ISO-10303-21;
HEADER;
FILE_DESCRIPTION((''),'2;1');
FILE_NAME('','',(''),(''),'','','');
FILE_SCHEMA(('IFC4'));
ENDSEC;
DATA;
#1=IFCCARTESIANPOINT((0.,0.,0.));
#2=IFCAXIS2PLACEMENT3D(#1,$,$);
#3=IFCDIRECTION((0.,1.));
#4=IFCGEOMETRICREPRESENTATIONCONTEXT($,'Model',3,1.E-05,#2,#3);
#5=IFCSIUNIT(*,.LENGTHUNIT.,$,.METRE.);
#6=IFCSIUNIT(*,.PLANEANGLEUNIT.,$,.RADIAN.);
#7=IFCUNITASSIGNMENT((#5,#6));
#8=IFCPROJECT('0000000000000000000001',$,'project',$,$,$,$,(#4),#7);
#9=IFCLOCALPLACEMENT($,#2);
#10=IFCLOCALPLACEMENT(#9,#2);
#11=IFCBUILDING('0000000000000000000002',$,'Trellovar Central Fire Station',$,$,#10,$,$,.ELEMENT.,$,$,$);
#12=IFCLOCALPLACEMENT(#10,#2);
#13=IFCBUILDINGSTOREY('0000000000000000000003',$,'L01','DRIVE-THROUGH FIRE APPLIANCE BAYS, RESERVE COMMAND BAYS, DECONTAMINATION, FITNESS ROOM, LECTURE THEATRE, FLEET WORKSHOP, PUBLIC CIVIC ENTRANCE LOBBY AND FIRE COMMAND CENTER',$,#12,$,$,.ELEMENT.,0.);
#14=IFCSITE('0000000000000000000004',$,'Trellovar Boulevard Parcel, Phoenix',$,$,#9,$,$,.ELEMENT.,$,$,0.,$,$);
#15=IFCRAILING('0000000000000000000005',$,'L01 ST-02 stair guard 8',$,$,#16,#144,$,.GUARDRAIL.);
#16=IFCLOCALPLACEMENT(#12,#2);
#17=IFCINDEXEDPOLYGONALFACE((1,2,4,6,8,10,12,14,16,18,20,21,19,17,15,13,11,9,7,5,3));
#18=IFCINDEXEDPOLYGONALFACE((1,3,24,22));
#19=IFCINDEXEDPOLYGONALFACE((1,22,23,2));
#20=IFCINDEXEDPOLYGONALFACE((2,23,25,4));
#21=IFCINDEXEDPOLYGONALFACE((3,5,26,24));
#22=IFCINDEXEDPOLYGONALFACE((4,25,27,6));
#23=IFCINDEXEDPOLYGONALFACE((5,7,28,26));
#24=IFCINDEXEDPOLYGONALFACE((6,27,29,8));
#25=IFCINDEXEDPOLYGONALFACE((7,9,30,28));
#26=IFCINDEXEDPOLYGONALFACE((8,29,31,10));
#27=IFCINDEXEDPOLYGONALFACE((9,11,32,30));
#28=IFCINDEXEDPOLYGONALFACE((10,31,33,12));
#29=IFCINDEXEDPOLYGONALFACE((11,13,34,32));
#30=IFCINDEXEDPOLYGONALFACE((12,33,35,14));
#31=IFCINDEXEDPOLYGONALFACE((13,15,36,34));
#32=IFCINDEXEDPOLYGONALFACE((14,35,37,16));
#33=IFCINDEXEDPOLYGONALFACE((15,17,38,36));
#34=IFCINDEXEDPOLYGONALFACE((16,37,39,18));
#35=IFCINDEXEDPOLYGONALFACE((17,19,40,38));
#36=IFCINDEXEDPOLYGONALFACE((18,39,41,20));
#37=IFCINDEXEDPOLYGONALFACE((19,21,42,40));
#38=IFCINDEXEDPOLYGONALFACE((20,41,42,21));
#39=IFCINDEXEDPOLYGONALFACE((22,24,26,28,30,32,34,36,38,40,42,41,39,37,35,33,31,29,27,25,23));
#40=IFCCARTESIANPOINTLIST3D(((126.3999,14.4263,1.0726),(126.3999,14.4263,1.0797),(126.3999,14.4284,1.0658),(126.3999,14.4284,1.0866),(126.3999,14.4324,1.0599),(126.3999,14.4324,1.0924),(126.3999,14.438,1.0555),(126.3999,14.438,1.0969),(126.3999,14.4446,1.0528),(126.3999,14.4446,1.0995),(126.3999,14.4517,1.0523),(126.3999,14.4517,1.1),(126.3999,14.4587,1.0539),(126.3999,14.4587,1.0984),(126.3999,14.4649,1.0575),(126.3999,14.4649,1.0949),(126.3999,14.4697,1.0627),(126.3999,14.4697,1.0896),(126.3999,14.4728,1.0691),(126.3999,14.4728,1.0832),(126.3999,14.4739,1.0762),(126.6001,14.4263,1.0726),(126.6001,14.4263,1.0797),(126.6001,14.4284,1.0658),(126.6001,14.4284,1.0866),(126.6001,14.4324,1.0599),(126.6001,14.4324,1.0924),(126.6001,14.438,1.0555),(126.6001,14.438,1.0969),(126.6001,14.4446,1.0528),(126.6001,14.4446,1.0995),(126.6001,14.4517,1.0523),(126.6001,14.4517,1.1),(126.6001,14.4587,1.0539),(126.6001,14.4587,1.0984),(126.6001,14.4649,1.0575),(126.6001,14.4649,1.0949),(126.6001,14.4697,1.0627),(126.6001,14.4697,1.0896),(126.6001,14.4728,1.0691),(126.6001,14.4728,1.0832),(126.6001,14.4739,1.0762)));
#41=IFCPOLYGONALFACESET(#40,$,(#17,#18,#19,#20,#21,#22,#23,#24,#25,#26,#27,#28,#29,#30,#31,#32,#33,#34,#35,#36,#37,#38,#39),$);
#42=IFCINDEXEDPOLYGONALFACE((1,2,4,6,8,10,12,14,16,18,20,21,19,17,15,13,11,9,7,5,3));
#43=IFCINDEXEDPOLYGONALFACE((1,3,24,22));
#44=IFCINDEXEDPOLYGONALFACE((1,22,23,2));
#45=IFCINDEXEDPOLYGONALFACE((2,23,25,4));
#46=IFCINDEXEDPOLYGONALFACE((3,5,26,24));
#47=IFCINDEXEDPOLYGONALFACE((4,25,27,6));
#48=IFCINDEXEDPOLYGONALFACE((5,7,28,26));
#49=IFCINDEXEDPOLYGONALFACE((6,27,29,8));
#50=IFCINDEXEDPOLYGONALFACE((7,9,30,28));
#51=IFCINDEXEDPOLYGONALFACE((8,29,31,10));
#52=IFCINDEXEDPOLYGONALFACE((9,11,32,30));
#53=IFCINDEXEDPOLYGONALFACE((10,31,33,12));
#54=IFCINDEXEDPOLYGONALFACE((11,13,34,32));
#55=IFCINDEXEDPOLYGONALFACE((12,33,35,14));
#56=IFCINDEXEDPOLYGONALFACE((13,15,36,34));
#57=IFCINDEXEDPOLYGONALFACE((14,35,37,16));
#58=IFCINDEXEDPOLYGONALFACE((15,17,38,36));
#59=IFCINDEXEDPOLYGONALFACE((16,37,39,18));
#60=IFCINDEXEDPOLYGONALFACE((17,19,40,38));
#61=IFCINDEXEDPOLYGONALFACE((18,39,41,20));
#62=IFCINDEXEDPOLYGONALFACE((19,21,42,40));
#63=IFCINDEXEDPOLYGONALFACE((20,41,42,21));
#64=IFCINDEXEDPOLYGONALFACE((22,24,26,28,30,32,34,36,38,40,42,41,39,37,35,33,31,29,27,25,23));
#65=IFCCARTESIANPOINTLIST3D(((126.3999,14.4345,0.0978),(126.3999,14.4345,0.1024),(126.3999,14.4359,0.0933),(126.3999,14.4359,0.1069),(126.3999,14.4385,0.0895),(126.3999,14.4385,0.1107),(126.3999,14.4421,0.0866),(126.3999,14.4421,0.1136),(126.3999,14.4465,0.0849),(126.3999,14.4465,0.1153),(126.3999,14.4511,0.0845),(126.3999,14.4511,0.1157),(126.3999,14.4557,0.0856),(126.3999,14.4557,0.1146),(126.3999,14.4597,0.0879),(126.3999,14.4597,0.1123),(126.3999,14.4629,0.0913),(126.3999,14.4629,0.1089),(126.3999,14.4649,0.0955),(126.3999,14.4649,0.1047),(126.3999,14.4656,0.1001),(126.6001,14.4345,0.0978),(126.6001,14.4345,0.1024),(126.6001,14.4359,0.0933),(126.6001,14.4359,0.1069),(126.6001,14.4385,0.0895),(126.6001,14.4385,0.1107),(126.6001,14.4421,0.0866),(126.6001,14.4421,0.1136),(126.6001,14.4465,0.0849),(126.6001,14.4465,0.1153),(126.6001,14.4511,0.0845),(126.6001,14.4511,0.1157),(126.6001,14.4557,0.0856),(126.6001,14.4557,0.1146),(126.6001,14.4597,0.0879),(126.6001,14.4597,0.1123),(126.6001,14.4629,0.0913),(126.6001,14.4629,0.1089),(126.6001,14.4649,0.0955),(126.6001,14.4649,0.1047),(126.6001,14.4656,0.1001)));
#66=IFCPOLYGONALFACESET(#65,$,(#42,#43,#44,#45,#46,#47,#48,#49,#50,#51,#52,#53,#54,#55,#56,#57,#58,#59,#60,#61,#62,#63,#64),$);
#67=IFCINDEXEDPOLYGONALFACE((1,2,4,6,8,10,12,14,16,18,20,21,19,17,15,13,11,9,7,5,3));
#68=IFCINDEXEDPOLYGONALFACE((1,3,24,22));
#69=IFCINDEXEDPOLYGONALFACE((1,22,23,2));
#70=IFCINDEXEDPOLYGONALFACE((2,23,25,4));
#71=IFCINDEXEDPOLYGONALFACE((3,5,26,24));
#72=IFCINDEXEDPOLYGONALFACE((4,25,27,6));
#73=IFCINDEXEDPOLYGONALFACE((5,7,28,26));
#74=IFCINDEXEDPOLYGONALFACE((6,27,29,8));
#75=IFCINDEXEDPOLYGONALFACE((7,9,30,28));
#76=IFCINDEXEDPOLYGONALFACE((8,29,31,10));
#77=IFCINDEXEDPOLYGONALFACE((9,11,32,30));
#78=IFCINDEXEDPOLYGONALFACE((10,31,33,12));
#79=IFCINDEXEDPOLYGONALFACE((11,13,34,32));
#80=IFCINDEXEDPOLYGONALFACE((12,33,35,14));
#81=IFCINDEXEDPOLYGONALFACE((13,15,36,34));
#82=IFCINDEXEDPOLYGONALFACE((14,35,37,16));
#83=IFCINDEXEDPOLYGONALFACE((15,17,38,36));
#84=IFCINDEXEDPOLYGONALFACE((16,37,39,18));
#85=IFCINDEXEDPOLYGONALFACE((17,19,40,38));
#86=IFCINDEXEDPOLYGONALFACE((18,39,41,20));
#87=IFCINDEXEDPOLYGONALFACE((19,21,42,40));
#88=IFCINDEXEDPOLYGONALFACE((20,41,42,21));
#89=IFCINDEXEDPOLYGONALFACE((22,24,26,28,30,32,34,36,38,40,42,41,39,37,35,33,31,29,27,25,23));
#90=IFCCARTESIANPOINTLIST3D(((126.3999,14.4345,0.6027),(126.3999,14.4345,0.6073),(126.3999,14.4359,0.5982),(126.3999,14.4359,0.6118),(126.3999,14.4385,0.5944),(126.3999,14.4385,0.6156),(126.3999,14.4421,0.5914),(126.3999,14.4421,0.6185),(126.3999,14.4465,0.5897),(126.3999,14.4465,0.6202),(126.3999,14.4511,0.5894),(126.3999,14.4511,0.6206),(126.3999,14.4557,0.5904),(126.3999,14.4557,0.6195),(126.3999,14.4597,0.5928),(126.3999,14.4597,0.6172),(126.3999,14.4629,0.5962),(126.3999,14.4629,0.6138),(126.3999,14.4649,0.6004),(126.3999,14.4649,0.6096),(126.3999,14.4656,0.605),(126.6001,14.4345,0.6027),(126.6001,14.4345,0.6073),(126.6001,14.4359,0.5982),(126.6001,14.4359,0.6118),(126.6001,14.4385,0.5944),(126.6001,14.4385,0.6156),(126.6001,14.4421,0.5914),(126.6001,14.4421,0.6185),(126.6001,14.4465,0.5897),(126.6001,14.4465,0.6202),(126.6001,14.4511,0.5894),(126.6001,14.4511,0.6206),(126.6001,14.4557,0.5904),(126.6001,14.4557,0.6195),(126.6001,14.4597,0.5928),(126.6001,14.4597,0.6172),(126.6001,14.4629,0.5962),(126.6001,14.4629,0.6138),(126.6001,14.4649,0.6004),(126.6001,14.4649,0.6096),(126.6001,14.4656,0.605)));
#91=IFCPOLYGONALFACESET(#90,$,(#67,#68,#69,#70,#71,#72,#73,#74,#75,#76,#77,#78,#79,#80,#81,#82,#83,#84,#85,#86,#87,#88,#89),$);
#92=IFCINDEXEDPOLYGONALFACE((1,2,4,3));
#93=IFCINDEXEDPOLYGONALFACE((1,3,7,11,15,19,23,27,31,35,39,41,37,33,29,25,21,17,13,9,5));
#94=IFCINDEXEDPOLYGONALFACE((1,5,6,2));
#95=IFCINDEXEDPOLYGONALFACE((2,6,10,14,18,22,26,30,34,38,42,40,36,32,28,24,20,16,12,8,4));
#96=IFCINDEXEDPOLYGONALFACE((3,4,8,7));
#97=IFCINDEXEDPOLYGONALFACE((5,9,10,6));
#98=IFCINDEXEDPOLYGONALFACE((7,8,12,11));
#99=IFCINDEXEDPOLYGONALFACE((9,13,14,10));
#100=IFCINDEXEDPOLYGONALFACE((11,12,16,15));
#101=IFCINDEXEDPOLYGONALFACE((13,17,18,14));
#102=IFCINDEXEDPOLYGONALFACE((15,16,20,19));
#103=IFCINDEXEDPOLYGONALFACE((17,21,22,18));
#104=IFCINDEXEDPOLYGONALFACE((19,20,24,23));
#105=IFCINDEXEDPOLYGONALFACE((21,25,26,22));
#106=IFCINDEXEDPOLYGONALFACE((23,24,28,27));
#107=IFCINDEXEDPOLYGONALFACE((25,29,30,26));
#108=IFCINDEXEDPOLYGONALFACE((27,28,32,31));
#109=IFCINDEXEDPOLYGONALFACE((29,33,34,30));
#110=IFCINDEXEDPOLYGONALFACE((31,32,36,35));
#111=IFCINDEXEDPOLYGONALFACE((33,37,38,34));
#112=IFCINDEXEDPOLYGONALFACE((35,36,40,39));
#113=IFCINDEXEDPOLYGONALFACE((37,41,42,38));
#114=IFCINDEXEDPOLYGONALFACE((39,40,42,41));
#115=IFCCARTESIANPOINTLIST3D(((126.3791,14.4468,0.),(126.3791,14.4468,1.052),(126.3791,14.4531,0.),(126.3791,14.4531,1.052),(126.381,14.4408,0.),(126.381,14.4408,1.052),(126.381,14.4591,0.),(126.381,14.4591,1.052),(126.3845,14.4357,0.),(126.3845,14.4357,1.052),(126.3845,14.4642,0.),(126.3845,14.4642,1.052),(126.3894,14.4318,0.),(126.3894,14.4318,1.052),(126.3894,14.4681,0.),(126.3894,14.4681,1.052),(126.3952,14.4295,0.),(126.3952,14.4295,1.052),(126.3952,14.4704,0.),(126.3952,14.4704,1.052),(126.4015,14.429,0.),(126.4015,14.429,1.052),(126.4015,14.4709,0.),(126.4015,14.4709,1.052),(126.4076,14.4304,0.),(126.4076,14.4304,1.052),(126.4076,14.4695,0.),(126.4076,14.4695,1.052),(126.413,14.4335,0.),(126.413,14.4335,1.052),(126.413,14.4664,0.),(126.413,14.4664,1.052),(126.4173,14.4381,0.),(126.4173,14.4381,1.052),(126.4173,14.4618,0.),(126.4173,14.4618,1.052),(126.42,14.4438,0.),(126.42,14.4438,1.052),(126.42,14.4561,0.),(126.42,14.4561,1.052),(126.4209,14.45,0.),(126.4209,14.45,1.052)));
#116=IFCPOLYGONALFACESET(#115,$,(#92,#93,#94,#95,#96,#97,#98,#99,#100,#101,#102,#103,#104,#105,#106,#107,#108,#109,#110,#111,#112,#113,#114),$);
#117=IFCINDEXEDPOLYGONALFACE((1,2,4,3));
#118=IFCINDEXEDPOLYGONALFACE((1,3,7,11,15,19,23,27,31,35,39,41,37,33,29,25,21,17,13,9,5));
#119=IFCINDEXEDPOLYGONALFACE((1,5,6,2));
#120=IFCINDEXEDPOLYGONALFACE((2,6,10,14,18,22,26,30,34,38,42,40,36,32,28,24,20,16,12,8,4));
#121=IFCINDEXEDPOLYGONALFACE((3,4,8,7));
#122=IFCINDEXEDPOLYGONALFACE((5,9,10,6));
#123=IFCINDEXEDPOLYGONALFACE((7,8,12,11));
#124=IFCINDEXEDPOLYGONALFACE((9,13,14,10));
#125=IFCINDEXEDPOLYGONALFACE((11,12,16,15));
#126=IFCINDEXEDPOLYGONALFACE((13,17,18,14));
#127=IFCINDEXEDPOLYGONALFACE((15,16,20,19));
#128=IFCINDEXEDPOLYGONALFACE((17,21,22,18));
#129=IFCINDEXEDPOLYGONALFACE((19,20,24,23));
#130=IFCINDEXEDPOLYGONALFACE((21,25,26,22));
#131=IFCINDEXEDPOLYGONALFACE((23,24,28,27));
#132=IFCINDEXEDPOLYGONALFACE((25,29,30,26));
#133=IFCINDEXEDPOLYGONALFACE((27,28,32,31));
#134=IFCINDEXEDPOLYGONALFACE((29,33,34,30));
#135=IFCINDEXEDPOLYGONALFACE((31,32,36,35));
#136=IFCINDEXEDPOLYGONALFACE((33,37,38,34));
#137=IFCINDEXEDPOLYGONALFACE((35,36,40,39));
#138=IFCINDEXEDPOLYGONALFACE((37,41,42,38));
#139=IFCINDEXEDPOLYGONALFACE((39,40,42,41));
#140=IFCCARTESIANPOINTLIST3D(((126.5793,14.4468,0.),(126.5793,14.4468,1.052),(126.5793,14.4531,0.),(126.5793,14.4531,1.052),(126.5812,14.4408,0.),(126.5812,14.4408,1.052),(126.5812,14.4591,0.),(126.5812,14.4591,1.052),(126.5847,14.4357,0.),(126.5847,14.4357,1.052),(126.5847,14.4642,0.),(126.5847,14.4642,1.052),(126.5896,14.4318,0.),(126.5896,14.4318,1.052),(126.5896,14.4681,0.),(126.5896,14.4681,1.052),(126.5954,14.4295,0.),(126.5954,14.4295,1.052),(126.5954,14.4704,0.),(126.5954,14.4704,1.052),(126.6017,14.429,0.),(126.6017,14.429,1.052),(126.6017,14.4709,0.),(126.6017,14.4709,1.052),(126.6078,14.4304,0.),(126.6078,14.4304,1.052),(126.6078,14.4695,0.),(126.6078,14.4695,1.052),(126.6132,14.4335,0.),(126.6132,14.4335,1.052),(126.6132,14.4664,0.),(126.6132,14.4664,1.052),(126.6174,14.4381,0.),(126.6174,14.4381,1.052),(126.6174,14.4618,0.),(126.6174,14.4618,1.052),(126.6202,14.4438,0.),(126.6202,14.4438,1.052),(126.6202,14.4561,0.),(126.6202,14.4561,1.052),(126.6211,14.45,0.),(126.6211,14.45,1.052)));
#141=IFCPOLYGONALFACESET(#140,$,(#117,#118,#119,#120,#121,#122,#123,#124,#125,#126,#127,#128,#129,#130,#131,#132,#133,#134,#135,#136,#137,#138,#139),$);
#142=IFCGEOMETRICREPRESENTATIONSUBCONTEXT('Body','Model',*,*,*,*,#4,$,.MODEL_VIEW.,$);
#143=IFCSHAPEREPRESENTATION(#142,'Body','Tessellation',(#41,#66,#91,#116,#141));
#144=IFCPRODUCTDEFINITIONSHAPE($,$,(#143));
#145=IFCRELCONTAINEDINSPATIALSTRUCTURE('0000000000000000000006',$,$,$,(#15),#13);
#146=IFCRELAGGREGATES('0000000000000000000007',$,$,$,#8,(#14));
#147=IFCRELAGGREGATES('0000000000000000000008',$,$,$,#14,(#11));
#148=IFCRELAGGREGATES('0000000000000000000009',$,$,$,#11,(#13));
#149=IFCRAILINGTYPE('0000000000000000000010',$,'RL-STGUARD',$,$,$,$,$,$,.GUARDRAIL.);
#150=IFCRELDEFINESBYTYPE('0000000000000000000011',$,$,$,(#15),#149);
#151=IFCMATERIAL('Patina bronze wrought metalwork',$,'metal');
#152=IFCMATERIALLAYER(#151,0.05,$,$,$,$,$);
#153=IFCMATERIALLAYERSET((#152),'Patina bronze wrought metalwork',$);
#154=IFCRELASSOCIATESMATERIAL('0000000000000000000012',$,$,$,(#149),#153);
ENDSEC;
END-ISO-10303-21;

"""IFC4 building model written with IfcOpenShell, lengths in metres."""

from ifc_helpers import new_model, si_unit, direction, frame, origin, origin_2d, place, context, subcontext, project, spatial, circle, extrude, material, layer, layer_set, type_object, element, save


model = new_model("IFC4")

# Units and contexts
model_context = context("Model", 3, precision=1e-05, world=origin(), true_north=direction((0.0, 1.0)))
body_context = subcontext(model_context, "Body", "Model", "MODEL_VIEW")
ifc_project = project(units=[si_unit("LENGTHUNIT", "METRE"), si_unit("PLANEANGLEUNIT", "RADIAN")], contexts=[model_context])

# Site, building, storey
site_placement = place(None, origin())
site = spatial("IfcSite", under=ifc_project, at=site_placement, Name="Trellovar Boulevard Parcel, Phoenix", CompositionType="ELEMENT", RefElevation=0.0)
building_placement = place(site_placement, origin())
building = spatial("IfcBuilding", under=site, at=building_placement, Name="Trellovar Central Fire Station", CompositionType="ELEMENT")
storey_placement = place(building_placement, origin())
storey = spatial("IfcBuildingStorey", under=building, at=storey_placement, Name="L01", Description="DRIVE-THROUGH FIRE APPLIANCE BAYS, RESERVE COMMAND BAYS, DECONTAMINATION, FITNESS ROOM, LECTURE THEATRE, FLEET WORKSHOP, PUBLIC CIVIC ENTRANCE LOBBY AND FIRE COMMAND CENTER", CompositionType="ELEMENT", Elevation=0.0)

# Railing
ifc_material_1 = material(Name="Patina bronze wrought metalwork", Category="metal")
ifc_layer_1 = layer(ifc_material_1, 0.05)
ifc_layer_set_1 = layer_set([ifc_layer_1], Name="Patina bronze wrought metalwork")
railing_type_1 = type_object("IfcRailingType", Name="RL-STGUARD", PredefinedType="GUARDRAIL", material=ifc_layer_set_1)
railing_1_placement = place(storey_placement, frame((126.3999, 14.45, 0.0)))
element("IfcRailing", 1, at=railing_1_placement, inside=storey, type_object=railing_type_1, Name="L01 ST-02 stair guard 8", PredefinedType="GUARDRAIL", context=body_context, shape_type="SweptSolid", body=[
    extrude(circle(Radius=0.0239, at=origin_2d()), frame((0.0, 0.0, 1.0762), z_axis=(1.0, 0.0, 0.0), x_axis=(0.0, 1.0, 0.0)), (0.0, 0.0, 1.0), 0.2002),
    extrude(circle(Radius=0.0156, at=origin_2d()), frame((0.0, 0.0, 0.1001), z_axis=(1.0, 0.0, 0.0), x_axis=(0.0, 1.0, 0.0)), (0.0, 0.0, 1.0), 0.2002),
    extrude(circle(Radius=0.0156, at=origin_2d()), frame((0.0, 0.0, 0.605), z_axis=(1.0, 0.0, 0.0), x_axis=(0.0, 1.0, 0.0)), (0.0, 0.0, 1.0), 0.2002),
    extrude(circle(Radius=0.021, at=origin_2d()), origin(), (0.0, 0.0, 1.0), 1.052),
    extrude(circle(Radius=0.021, at=origin_2d()), frame((0.2002, 0.0, 0.0)), (0.0, 0.0, 1.0), 1.052),
])

save(model, "model.ifc")
